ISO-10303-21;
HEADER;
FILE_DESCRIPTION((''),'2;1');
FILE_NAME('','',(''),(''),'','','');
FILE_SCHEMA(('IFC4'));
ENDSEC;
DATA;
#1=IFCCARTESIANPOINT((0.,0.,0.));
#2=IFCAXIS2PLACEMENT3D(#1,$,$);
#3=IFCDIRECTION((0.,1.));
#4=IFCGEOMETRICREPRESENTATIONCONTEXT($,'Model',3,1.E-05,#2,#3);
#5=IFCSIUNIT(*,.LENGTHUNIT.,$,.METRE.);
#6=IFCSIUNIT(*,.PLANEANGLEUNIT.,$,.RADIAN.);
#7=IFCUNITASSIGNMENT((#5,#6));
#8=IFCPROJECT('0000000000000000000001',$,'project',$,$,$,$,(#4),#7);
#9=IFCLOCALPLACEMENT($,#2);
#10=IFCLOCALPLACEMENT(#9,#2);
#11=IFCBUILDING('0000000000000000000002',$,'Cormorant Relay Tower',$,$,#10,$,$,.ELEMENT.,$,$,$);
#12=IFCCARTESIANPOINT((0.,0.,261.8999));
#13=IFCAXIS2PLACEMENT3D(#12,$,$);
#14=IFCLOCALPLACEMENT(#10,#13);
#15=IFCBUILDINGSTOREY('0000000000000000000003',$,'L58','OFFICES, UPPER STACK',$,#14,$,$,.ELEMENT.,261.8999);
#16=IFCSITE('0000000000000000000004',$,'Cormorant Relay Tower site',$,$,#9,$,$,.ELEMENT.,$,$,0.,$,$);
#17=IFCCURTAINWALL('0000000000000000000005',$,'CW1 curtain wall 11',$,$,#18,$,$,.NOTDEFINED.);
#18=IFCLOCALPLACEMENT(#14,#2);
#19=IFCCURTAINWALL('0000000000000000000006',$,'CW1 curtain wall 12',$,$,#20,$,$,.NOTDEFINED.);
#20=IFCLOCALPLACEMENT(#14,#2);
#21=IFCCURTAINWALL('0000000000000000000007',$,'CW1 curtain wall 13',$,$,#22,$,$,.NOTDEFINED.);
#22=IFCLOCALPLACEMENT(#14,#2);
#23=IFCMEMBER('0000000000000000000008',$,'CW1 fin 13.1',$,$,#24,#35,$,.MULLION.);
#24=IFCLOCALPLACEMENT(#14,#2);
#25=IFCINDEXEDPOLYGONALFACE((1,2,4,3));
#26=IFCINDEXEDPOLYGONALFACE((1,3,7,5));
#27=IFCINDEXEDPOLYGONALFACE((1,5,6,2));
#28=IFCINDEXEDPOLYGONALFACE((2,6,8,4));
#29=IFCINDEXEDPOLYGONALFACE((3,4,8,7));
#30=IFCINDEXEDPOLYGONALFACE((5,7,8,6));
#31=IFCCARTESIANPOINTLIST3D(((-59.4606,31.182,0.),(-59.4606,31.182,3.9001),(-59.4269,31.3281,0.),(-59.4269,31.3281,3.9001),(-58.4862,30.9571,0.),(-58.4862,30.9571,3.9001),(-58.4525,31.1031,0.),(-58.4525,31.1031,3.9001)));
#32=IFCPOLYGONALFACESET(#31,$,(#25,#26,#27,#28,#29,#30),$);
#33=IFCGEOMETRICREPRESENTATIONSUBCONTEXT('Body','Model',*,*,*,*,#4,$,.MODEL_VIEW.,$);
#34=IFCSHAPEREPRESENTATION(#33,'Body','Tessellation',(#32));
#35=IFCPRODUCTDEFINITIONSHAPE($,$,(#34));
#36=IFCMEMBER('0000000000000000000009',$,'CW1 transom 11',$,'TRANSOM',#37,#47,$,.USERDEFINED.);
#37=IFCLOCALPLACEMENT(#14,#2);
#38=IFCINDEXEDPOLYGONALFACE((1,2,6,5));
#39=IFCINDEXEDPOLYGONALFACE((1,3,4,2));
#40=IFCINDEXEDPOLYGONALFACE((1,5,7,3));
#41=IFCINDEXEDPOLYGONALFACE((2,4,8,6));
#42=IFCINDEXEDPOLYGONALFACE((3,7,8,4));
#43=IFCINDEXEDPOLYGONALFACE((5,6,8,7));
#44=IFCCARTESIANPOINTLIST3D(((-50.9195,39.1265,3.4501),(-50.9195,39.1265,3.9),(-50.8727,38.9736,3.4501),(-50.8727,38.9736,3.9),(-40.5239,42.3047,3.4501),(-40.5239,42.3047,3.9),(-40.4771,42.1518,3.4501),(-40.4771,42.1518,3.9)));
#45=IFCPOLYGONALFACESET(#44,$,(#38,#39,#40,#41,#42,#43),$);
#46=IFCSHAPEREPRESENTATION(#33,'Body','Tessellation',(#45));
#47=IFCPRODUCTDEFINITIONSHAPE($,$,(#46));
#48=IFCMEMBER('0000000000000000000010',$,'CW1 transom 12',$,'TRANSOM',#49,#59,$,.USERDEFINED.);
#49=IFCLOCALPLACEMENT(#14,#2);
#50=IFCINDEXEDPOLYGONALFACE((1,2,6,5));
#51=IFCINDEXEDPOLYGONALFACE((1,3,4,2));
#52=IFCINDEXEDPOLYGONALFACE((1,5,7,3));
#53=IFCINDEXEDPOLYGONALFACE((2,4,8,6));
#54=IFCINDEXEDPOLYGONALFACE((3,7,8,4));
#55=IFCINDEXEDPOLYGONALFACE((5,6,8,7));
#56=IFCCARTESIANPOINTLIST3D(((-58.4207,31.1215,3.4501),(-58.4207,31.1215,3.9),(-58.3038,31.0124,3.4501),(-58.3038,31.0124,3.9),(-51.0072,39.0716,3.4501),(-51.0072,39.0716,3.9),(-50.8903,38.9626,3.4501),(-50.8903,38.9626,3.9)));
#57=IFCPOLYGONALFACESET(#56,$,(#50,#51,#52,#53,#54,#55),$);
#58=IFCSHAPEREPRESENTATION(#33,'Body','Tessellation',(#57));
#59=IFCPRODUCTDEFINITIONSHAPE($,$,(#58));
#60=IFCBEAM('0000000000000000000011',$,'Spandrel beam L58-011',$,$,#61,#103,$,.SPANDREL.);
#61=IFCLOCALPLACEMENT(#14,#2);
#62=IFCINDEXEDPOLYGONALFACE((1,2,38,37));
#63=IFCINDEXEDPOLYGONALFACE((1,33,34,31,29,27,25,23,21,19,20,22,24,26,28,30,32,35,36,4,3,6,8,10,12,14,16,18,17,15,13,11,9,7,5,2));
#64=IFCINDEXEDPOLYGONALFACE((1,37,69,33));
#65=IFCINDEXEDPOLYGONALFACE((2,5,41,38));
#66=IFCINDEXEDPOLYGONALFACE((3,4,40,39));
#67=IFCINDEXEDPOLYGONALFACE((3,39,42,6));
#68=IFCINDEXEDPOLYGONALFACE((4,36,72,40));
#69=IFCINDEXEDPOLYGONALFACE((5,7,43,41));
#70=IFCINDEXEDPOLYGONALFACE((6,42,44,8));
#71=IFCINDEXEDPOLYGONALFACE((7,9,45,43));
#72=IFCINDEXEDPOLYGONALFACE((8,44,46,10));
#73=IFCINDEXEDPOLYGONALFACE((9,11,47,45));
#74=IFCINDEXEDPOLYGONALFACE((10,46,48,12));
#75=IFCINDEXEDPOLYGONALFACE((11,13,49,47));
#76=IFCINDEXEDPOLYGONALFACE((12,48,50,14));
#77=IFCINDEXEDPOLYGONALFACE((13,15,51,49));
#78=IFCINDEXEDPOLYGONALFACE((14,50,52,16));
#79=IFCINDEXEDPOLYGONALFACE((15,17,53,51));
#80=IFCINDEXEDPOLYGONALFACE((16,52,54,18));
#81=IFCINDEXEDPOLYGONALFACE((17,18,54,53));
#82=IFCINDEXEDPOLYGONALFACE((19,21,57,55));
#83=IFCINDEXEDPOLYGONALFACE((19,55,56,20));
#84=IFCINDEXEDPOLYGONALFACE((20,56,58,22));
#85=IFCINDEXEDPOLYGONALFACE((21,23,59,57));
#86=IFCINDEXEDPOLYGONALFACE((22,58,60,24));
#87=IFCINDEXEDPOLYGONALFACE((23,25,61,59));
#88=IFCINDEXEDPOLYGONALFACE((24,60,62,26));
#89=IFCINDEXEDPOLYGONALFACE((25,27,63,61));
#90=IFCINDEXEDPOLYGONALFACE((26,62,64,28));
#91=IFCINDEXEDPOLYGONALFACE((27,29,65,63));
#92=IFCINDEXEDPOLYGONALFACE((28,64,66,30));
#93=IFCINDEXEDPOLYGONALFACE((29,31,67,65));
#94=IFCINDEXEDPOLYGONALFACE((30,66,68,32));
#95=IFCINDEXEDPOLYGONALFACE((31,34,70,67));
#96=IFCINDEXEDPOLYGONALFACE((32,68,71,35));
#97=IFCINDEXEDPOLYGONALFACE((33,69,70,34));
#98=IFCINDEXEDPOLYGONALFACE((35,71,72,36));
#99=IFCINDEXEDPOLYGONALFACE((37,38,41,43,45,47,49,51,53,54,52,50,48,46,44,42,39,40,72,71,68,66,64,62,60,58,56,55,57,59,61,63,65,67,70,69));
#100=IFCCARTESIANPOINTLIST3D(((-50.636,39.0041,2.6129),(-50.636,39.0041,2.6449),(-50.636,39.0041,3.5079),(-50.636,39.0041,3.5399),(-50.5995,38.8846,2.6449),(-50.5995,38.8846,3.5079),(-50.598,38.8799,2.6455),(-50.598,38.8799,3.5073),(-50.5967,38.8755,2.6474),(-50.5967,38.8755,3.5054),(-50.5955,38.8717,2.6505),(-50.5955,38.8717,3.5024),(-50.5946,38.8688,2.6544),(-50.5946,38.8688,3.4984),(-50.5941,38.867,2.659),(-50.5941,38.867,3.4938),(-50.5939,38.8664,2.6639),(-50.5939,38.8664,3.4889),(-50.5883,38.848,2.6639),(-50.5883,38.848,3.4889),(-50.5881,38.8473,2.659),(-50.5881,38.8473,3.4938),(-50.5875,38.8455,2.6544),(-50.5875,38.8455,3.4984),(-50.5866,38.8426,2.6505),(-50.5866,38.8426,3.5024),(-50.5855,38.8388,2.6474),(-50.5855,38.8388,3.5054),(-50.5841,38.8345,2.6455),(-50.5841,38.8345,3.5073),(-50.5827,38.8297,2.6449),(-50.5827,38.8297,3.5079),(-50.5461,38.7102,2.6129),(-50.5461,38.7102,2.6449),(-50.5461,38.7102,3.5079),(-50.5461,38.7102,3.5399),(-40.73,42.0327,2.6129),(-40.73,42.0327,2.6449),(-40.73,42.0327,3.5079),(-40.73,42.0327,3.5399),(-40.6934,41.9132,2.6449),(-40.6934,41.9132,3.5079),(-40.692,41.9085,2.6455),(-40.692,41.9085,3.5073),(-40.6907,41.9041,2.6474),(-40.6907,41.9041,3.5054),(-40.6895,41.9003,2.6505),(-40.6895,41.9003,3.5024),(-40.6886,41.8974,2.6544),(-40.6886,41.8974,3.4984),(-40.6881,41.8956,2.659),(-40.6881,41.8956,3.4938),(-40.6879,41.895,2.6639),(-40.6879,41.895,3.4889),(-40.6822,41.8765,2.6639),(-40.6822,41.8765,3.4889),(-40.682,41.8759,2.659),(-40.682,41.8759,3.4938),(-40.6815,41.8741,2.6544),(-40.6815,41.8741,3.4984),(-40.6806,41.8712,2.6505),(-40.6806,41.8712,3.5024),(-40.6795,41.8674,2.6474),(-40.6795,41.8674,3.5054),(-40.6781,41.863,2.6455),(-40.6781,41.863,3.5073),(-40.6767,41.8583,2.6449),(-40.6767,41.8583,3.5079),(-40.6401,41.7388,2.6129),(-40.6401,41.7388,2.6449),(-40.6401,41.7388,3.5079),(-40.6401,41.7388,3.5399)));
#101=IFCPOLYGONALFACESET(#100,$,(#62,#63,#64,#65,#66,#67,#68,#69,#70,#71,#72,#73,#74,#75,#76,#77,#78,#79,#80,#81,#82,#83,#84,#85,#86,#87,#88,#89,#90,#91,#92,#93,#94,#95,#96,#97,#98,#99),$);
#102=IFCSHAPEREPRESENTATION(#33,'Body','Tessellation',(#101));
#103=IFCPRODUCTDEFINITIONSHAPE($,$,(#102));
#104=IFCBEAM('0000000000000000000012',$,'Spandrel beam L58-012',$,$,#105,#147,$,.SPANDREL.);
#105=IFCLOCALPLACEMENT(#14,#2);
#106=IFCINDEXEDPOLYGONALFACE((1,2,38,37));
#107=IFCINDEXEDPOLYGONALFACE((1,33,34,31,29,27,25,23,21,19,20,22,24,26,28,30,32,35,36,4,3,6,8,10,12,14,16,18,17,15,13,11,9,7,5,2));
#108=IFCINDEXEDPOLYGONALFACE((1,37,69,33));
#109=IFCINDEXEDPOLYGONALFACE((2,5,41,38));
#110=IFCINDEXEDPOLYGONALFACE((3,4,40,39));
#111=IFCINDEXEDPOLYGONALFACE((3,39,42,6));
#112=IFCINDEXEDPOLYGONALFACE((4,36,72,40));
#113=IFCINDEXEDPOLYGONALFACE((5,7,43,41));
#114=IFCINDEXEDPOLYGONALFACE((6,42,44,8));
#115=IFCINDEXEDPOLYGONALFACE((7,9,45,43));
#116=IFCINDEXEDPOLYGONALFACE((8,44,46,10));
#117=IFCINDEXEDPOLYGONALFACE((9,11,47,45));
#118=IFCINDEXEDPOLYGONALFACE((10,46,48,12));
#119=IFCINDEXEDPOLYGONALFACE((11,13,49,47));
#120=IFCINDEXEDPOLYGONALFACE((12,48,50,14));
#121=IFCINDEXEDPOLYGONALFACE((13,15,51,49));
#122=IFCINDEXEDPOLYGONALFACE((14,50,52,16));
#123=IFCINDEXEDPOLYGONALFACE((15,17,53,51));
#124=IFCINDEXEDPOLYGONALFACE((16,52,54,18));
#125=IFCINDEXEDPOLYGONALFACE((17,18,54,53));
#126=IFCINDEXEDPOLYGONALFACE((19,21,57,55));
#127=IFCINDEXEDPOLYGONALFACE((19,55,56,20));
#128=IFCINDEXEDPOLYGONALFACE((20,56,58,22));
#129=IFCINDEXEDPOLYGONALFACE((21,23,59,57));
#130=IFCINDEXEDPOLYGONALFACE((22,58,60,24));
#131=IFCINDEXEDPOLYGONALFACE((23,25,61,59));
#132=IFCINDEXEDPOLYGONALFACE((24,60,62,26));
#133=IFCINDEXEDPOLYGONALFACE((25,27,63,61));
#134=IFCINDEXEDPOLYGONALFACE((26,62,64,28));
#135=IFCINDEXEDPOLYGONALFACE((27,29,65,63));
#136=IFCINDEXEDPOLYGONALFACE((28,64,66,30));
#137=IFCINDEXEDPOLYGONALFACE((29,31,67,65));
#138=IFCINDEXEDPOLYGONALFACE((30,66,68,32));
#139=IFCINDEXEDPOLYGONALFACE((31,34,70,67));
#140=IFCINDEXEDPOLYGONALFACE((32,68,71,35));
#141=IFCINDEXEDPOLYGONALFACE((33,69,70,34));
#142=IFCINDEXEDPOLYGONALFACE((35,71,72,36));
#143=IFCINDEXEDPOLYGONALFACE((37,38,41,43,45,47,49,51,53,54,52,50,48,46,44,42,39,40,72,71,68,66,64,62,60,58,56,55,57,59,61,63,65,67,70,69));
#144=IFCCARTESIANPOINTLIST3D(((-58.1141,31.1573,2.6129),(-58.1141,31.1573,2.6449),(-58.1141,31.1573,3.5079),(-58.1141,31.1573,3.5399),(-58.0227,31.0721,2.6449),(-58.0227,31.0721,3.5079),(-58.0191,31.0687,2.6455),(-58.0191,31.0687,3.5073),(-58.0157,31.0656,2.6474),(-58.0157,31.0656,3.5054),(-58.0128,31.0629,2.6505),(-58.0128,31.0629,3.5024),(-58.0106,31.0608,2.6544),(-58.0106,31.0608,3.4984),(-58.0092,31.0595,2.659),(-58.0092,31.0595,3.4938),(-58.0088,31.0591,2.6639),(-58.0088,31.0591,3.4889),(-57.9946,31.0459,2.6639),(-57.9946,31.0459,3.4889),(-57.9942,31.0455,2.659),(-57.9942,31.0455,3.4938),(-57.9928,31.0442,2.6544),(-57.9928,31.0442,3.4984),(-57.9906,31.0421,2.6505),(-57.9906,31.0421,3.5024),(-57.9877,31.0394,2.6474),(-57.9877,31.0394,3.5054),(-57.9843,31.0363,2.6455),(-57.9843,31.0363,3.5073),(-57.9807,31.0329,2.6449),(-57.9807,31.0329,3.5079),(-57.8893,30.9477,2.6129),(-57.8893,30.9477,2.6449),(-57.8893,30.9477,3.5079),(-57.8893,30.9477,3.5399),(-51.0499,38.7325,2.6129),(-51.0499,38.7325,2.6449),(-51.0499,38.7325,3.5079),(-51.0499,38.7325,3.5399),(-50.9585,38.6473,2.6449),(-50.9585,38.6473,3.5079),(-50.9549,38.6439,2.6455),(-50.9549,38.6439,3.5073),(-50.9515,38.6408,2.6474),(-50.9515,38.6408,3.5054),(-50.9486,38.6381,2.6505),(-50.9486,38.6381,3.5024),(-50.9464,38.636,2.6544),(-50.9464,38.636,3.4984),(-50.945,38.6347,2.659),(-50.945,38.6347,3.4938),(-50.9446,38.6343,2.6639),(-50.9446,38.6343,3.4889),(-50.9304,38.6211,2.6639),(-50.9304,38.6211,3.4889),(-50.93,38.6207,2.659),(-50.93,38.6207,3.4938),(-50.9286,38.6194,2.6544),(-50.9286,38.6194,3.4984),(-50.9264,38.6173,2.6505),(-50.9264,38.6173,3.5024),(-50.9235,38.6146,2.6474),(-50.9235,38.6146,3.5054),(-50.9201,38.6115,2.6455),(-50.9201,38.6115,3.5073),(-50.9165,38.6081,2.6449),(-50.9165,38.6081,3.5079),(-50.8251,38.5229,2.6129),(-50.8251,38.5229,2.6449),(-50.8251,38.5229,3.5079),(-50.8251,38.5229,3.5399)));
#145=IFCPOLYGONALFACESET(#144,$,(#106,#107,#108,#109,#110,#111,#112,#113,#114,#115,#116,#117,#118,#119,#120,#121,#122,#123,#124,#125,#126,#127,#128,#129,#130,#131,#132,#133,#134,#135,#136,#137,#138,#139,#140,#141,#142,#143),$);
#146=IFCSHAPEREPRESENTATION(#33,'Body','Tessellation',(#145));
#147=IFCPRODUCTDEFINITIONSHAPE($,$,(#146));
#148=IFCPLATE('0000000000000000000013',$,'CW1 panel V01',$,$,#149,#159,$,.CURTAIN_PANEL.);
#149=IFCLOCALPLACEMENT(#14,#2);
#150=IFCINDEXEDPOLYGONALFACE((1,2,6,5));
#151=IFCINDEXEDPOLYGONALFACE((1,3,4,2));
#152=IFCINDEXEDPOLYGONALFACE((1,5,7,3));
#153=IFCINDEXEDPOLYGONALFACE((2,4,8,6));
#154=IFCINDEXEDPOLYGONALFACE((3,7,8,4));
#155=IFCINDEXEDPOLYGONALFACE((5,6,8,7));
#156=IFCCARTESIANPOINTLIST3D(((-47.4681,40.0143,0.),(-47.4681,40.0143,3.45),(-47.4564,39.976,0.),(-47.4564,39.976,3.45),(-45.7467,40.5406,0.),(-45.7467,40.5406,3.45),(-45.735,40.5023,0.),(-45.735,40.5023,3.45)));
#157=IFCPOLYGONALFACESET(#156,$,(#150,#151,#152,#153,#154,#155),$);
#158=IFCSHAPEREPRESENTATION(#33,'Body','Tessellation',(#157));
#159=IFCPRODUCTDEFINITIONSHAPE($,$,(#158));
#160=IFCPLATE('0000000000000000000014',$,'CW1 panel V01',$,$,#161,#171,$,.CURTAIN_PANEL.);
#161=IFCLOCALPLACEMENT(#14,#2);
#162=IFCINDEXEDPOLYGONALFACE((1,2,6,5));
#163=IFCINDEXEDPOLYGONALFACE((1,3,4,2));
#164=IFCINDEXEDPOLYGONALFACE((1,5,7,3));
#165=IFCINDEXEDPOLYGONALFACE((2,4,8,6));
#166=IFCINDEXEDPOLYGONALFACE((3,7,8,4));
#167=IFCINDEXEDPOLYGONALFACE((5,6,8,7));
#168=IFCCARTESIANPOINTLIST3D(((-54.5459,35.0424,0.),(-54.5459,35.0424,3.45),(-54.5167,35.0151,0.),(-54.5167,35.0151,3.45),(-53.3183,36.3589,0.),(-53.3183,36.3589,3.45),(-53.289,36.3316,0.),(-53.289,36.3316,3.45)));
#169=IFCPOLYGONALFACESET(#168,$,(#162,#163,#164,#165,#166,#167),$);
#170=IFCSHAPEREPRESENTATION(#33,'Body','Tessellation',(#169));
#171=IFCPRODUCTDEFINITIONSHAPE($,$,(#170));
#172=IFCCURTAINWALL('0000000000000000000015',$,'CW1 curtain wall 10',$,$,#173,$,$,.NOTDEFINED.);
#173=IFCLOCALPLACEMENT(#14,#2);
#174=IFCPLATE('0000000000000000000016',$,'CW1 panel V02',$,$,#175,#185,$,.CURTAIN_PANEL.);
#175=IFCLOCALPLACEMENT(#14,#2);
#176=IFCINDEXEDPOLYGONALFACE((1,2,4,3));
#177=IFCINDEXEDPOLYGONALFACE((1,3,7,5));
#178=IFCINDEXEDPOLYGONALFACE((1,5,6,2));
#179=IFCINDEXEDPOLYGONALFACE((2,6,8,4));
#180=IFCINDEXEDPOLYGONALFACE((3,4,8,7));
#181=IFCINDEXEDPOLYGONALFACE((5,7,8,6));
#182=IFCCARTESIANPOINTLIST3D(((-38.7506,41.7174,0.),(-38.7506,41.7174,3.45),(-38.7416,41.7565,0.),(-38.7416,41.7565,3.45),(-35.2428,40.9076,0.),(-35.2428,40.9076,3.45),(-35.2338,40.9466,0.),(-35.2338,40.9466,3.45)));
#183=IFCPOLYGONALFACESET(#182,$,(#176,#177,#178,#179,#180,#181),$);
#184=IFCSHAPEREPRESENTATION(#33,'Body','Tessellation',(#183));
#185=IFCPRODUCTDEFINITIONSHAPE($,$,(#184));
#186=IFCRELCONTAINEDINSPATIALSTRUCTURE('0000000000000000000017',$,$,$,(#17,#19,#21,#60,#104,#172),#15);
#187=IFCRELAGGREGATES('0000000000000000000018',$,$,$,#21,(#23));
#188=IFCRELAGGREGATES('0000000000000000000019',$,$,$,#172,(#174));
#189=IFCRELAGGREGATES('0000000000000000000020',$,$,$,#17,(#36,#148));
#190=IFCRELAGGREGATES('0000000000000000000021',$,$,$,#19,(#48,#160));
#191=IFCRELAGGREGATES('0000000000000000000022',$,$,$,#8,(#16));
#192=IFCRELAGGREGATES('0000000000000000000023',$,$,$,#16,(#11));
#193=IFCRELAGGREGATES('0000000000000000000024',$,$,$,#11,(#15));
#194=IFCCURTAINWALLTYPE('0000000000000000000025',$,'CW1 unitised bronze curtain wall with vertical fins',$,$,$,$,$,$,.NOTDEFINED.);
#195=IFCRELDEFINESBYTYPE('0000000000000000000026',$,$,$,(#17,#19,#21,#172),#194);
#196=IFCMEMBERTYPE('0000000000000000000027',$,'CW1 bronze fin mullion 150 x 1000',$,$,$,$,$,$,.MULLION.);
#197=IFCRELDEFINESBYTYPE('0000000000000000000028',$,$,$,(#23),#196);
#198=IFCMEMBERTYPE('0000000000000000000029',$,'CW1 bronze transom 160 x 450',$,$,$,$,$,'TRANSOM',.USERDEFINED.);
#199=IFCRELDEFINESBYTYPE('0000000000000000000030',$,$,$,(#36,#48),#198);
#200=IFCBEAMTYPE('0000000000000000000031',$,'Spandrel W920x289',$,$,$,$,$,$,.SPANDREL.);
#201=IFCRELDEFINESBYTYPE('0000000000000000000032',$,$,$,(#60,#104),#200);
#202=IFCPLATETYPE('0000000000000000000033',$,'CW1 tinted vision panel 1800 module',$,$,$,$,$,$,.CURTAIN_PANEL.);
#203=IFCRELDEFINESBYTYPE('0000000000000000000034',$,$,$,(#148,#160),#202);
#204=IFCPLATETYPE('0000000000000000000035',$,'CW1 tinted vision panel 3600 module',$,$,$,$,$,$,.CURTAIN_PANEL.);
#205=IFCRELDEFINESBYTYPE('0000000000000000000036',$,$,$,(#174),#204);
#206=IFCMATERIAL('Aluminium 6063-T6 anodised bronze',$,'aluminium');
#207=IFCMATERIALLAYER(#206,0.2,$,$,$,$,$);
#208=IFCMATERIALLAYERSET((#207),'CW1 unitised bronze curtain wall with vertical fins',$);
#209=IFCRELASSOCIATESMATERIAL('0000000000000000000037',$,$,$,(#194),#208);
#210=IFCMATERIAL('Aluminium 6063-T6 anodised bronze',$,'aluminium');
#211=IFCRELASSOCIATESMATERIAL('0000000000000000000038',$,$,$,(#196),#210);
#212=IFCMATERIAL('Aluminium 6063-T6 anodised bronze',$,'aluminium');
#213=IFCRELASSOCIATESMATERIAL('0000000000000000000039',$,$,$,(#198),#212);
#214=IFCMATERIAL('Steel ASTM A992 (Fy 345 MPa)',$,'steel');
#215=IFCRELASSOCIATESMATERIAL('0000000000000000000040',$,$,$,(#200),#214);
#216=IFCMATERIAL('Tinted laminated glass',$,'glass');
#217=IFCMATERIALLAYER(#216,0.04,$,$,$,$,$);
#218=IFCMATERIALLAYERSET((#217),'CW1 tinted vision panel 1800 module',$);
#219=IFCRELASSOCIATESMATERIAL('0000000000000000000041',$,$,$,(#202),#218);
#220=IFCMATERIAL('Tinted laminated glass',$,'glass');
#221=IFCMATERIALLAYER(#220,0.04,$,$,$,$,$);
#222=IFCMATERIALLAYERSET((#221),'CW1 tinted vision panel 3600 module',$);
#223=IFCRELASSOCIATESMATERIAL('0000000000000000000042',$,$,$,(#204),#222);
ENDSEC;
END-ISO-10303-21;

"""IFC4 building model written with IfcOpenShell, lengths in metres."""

from ifc_helpers import new_model, si_unit, direction, frame, origin, origin_2d, place, context, subcontext, project, spatial, rectangle, i_section, extrude, material, layer, layer_set, material_profile, profile_set, type_object, element, aggregate, save


model = new_model("IFC4")

# Units and contexts
model_context = context("Model", 3, precision=1e-05, world=origin(), true_north=direction((0.0, 1.0)))
body_context = subcontext(model_context, "Body", "Model", "MODEL_VIEW")
ifc_project = project(units=[si_unit("LENGTHUNIT", "METRE"), si_unit("PLANEANGLEUNIT", "RADIAN")], contexts=[model_context])

# Site, building, storey
site_placement = place(None, origin())
site = spatial("IfcSite", under=ifc_project, at=site_placement, Name="Cormorant Relay Tower site", CompositionType="ELEMENT", RefElevation=0.0)
building_placement = place(site_placement, origin())
building = spatial("IfcBuilding", under=site, at=building_placement, Name="Cormorant Relay Tower", CompositionType="ELEMENT")
storey_placement = place(building_placement, frame((0.0, 0.0, 261.8999)))
storey = spatial("IfcBuildingStorey", under=building, at=storey_placement, Name="L58", Description="OFFICES, UPPER STACK", CompositionType="ELEMENT", Elevation=261.8999)

# Curtain walls
ifc_material_1 = material(Name="Aluminium 6063-T6 anodised bronze", Category="aluminium")
ifc_layer_1 = layer(ifc_material_1, 0.2)
ifc_layer_set_1 = layer_set([ifc_layer_1], Name="CW1 unitised bronze curtain wall with vertical fins")
curtain_wall_type = type_object("IfcCurtainWallType", Name="CW1 unitised bronze curtain wall with vertical fins", PredefinedType="NOTDEFINED", material=ifc_layer_set_1)
curtain_wall_1_placement = place(storey_placement, origin())
curtain_wall_1 = element("IfcCurtainWall", 1, at=curtain_wall_1_placement, inside=storey, type_object=curtain_wall_type, Name="CW1 curtain wall 11", PredefinedType="NOTDEFINED")
ifc_material_2 = material(Name="Aluminium 6063-T6 anodised bronze", Category="aluminium")
ifc_material_profile_1 = material_profile(ifc_material_2, rectangle(XDim=0.1499, YDim=1.0, at=origin_2d()), Name="AL 150x1000")
ifc_profile_set_1 = profile_set([ifc_material_profile_1], Name="Aluminium 6063-T6 anodised bronze")
member_type_1 = type_object("IfcMemberType", Name="CW1 bronze fin mullion 150 x 1000", PredefinedType="MULLION", material=ifc_profile_set_1)
curtain_wall_2_placement = place(storey_placement, origin())
curtain_wall_2 = element("IfcCurtainWall", 2, at=curtain_wall_2_placement, inside=storey, type_object=curtain_wall_type, Name="CW1 curtain wall 12", PredefinedType="NOTDEFINED")

# Curtain wall, member
curtain_wall_3_placement = place(storey_placement, origin())
curtain_wall_3 = element("IfcCurtainWall", 3, at=curtain_wall_3_placement, inside=storey, type_object=curtain_wall_type, Name="CW1 curtain wall 13", PredefinedType="NOTDEFINED")
member_1_placement = place(storey_placement, frame((-58.9565, 31.1426, 0.0), z_axis=(0.0, 0.0, 1.0), x_axis=(-0.224951, -0.97437, 0.0)))
member_1 = element("IfcMember", 4, at=member_1_placement, type_object=member_type_1, Name="CW1 fin 13.1", PredefinedType="MULLION", context=body_context, shape_type="SweptSolid", body=[
    extrude(rectangle(XDim=0.1499, YDim=1.0, at=origin_2d()), origin(), (0.0, 0.0, 1.0), 3.9001),
])
aggregate(curtain_wall_3, [member_1])

# Members
ifc_material_3 = material(Name="Aluminium 6063-T6 anodised bronze", Category="aluminium")
ifc_material_profile_2 = material_profile(ifc_material_3, rectangle(XDim=0.1599, YDim=0.45, at=origin_2d()), Name="AL 160x450")
ifc_profile_set_2 = profile_set([ifc_material_profile_2], Name="Aluminium 6063-T6 anodised bronze")
member_type_2 = type_object("IfcMemberType", Name="CW1 bronze transom 160 x 450", ElementType="TRANSOM", PredefinedType="USERDEFINED", material=ifc_profile_set_2)
member_2_placement = place(storey_placement, frame((-40.5005, 42.2283, 3.675), z_axis=(-0.956305, -0.292371, 0.0), x_axis=(0.292371, -0.956305, 0.0)))
member_2 = element("IfcMember", 5, at=member_2_placement, type_object=member_type_2, Name="CW1 transom 11", ObjectType="TRANSOM", PredefinedType="USERDEFINED", context=body_context, shape_type="SweptSolid", body=[
    extrude(rectangle(XDim=0.1599, YDim=0.45, at=origin_2d()), origin(), (0.0, 0.0, 1.0), 10.8706),
])
member_3_placement = place(storey_placement, frame((-50.9487, 39.0171, 3.675), z_axis=(-0.681993, -0.731358, 0.0), x_axis=(0.731358, -0.681993, 0.0)))
member_3 = element("IfcMember", 6, at=member_3_placement, type_object=member_type_2, Name="CW1 transom 12", ObjectType="TRANSOM", PredefinedType="USERDEFINED", context=body_context, shape_type="SweptSolid", body=[
    extrude(rectangle(XDim=0.1599, YDim=0.45, at=origin_2d()), origin(), (0.0, 0.0, 1.0), 10.8704),
])

# Beams
ifc_material_4 = material(Name="Steel ASTM A992 (Fy 345 MPa)", Category="steel")
ifc_material_profile_3 = material_profile(ifc_material_4, i_section(OverallWidth=0.3074, OverallDepth=0.927, WebThickness=0.0193, FlangeThickness=0.032, FilletRadius=0.019, at=origin_2d()), Name="W920x289")
ifc_profile_set_3 = profile_set([ifc_material_profile_3], Name="Steel ASTM A992 (Fy 345 MPa)")
beam_type = type_object("IfcBeamType", Name="Spandrel W920x289", PredefinedType="SPANDREL", material=ifc_profile_set_3)
beam_1_placement = place(storey_placement, frame((-40.6851, 41.8857, 3.0764), z_axis=(-0.956305, -0.292371, 0.0), x_axis=(0.292371, -0.956305, 0.0)))
element("IfcBeam", 7, at=beam_1_placement, inside=storey, type_object=beam_type, Name="Spandrel beam L58-011", PredefinedType="SPANDREL", context=body_context, shape_type="SweptSolid", body=[
    extrude(i_section(OverallWidth=0.3074, OverallDepth=0.927, WebThickness=0.0193, FlangeThickness=0.032, FilletRadius=0.019, at=origin_2d()), origin(), (0.0, 0.0, 1.0), 10.3586),
])
beam_2_placement = place(storey_placement, frame((-50.9375, 38.6277, 3.0764), z_axis=(-0.68201, -0.731343, 0.0), x_axis=(0.731343, -0.68201, 0.0)))
element("IfcBeam", 8, at=beam_2_placement, inside=storey, type_object=beam_type, Name="Spandrel beam L58-012", PredefinedType="SPANDREL", context=body_context, shape_type="SweptSolid", body=[
    extrude(i_section(OverallWidth=0.3074, OverallDepth=0.927, WebThickness=0.0193, FlangeThickness=0.032, FilletRadius=0.019, at=origin_2d()), origin(), (0.0, 0.0, 1.0), 10.3579),
])

# Plates
ifc_material_5 = material(Name="Tinted laminated glass", Category="glass")
ifc_layer_2 = layer(ifc_material_5, 0.04)
ifc_layer_set_2 = layer_set([ifc_layer_2], Name="CW1 tinted vision panel 1800 module")
plate_type_1 = type_object("IfcPlateType", Name="CW1 tinted vision panel 1800 module", PredefinedType="CURTAIN_PANEL", material=ifc_layer_set_2)
plate_1_placement = place(storey_placement, frame((-46.6016, 40.2583, 0.0), z_axis=(0.0, 0.0, 1.0), x_axis=(-0.956305, -0.292372, 0.0)))
plate_1 = element("IfcPlate", 9, at=plate_1_placement, type_object=plate_type_1, Name="CW1 panel V01", PredefinedType="CURTAIN_PANEL", context=body_context, shape_type="SweptSolid", body=[
    extrude(rectangle(XDim=1.8, YDim=0.04, at=origin_2d()), origin(), (0.0, 0.0, 1.0), 3.45),
])
plate_2_placement = place(storey_placement, frame((-53.9175, 35.687, 0.0), z_axis=(0.0, 0.0, 1.0), x_axis=(-0.681998, -0.731354, 0.0)))
plate_2 = element("IfcPlate", 10, at=plate_2_placement, type_object=plate_type_1, Name="CW1 panel V01", PredefinedType="CURTAIN_PANEL", context=body_context, shape_type="SweptSolid", body=[
    extrude(rectangle(XDim=1.8, YDim=0.04, at=origin_2d()), origin(), (0.0, 0.0, 1.0), 3.45),
])

# Curtain wall, plate
curtain_wall_4_placement = place(storey_placement, origin())
curtain_wall_4 = element("IfcCurtainWall", 11, at=curtain_wall_4_placement, inside=storey, type_object=curtain_wall_type, Name="CW1 curtain wall 10", PredefinedType="NOTDEFINED")
ifc_material_6 = material(Name="Tinted laminated glass", Category="glass")
ifc_layer_3 = layer(ifc_material_6, 0.04)
ifc_layer_set_3 = layer_set([ifc_layer_3], Name="CW1 tinted vision panel 3600 module")
plate_type_2 = type_object("IfcPlateType", Name="CW1 tinted vision panel 3600 module", PredefinedType="CURTAIN_PANEL", material=ifc_layer_set_3)
plate_3_placement = place(storey_placement, frame((-36.9922, 41.332, 0.0), z_axis=(0.0, 0.0, 1.0), x_axis=(-0.97437, 0.224951, 0.0)))
plate_3 = element("IfcPlate", 12, at=plate_3_placement, type_object=plate_type_2, Name="CW1 panel V02", PredefinedType="CURTAIN_PANEL", context=body_context, shape_type="SweptSolid", body=[
    extrude(rectangle(XDim=3.6001, YDim=0.04, at=origin_2d()), origin(), (0.0, 0.0, 1.0), 3.45),
])

aggregate(curtain_wall_4, [plate_3])
aggregate(curtain_wall_1, [member_2, plate_1])
aggregate(curtain_wall_2, [member_3, plate_2])

save(model, "model.ifc")
